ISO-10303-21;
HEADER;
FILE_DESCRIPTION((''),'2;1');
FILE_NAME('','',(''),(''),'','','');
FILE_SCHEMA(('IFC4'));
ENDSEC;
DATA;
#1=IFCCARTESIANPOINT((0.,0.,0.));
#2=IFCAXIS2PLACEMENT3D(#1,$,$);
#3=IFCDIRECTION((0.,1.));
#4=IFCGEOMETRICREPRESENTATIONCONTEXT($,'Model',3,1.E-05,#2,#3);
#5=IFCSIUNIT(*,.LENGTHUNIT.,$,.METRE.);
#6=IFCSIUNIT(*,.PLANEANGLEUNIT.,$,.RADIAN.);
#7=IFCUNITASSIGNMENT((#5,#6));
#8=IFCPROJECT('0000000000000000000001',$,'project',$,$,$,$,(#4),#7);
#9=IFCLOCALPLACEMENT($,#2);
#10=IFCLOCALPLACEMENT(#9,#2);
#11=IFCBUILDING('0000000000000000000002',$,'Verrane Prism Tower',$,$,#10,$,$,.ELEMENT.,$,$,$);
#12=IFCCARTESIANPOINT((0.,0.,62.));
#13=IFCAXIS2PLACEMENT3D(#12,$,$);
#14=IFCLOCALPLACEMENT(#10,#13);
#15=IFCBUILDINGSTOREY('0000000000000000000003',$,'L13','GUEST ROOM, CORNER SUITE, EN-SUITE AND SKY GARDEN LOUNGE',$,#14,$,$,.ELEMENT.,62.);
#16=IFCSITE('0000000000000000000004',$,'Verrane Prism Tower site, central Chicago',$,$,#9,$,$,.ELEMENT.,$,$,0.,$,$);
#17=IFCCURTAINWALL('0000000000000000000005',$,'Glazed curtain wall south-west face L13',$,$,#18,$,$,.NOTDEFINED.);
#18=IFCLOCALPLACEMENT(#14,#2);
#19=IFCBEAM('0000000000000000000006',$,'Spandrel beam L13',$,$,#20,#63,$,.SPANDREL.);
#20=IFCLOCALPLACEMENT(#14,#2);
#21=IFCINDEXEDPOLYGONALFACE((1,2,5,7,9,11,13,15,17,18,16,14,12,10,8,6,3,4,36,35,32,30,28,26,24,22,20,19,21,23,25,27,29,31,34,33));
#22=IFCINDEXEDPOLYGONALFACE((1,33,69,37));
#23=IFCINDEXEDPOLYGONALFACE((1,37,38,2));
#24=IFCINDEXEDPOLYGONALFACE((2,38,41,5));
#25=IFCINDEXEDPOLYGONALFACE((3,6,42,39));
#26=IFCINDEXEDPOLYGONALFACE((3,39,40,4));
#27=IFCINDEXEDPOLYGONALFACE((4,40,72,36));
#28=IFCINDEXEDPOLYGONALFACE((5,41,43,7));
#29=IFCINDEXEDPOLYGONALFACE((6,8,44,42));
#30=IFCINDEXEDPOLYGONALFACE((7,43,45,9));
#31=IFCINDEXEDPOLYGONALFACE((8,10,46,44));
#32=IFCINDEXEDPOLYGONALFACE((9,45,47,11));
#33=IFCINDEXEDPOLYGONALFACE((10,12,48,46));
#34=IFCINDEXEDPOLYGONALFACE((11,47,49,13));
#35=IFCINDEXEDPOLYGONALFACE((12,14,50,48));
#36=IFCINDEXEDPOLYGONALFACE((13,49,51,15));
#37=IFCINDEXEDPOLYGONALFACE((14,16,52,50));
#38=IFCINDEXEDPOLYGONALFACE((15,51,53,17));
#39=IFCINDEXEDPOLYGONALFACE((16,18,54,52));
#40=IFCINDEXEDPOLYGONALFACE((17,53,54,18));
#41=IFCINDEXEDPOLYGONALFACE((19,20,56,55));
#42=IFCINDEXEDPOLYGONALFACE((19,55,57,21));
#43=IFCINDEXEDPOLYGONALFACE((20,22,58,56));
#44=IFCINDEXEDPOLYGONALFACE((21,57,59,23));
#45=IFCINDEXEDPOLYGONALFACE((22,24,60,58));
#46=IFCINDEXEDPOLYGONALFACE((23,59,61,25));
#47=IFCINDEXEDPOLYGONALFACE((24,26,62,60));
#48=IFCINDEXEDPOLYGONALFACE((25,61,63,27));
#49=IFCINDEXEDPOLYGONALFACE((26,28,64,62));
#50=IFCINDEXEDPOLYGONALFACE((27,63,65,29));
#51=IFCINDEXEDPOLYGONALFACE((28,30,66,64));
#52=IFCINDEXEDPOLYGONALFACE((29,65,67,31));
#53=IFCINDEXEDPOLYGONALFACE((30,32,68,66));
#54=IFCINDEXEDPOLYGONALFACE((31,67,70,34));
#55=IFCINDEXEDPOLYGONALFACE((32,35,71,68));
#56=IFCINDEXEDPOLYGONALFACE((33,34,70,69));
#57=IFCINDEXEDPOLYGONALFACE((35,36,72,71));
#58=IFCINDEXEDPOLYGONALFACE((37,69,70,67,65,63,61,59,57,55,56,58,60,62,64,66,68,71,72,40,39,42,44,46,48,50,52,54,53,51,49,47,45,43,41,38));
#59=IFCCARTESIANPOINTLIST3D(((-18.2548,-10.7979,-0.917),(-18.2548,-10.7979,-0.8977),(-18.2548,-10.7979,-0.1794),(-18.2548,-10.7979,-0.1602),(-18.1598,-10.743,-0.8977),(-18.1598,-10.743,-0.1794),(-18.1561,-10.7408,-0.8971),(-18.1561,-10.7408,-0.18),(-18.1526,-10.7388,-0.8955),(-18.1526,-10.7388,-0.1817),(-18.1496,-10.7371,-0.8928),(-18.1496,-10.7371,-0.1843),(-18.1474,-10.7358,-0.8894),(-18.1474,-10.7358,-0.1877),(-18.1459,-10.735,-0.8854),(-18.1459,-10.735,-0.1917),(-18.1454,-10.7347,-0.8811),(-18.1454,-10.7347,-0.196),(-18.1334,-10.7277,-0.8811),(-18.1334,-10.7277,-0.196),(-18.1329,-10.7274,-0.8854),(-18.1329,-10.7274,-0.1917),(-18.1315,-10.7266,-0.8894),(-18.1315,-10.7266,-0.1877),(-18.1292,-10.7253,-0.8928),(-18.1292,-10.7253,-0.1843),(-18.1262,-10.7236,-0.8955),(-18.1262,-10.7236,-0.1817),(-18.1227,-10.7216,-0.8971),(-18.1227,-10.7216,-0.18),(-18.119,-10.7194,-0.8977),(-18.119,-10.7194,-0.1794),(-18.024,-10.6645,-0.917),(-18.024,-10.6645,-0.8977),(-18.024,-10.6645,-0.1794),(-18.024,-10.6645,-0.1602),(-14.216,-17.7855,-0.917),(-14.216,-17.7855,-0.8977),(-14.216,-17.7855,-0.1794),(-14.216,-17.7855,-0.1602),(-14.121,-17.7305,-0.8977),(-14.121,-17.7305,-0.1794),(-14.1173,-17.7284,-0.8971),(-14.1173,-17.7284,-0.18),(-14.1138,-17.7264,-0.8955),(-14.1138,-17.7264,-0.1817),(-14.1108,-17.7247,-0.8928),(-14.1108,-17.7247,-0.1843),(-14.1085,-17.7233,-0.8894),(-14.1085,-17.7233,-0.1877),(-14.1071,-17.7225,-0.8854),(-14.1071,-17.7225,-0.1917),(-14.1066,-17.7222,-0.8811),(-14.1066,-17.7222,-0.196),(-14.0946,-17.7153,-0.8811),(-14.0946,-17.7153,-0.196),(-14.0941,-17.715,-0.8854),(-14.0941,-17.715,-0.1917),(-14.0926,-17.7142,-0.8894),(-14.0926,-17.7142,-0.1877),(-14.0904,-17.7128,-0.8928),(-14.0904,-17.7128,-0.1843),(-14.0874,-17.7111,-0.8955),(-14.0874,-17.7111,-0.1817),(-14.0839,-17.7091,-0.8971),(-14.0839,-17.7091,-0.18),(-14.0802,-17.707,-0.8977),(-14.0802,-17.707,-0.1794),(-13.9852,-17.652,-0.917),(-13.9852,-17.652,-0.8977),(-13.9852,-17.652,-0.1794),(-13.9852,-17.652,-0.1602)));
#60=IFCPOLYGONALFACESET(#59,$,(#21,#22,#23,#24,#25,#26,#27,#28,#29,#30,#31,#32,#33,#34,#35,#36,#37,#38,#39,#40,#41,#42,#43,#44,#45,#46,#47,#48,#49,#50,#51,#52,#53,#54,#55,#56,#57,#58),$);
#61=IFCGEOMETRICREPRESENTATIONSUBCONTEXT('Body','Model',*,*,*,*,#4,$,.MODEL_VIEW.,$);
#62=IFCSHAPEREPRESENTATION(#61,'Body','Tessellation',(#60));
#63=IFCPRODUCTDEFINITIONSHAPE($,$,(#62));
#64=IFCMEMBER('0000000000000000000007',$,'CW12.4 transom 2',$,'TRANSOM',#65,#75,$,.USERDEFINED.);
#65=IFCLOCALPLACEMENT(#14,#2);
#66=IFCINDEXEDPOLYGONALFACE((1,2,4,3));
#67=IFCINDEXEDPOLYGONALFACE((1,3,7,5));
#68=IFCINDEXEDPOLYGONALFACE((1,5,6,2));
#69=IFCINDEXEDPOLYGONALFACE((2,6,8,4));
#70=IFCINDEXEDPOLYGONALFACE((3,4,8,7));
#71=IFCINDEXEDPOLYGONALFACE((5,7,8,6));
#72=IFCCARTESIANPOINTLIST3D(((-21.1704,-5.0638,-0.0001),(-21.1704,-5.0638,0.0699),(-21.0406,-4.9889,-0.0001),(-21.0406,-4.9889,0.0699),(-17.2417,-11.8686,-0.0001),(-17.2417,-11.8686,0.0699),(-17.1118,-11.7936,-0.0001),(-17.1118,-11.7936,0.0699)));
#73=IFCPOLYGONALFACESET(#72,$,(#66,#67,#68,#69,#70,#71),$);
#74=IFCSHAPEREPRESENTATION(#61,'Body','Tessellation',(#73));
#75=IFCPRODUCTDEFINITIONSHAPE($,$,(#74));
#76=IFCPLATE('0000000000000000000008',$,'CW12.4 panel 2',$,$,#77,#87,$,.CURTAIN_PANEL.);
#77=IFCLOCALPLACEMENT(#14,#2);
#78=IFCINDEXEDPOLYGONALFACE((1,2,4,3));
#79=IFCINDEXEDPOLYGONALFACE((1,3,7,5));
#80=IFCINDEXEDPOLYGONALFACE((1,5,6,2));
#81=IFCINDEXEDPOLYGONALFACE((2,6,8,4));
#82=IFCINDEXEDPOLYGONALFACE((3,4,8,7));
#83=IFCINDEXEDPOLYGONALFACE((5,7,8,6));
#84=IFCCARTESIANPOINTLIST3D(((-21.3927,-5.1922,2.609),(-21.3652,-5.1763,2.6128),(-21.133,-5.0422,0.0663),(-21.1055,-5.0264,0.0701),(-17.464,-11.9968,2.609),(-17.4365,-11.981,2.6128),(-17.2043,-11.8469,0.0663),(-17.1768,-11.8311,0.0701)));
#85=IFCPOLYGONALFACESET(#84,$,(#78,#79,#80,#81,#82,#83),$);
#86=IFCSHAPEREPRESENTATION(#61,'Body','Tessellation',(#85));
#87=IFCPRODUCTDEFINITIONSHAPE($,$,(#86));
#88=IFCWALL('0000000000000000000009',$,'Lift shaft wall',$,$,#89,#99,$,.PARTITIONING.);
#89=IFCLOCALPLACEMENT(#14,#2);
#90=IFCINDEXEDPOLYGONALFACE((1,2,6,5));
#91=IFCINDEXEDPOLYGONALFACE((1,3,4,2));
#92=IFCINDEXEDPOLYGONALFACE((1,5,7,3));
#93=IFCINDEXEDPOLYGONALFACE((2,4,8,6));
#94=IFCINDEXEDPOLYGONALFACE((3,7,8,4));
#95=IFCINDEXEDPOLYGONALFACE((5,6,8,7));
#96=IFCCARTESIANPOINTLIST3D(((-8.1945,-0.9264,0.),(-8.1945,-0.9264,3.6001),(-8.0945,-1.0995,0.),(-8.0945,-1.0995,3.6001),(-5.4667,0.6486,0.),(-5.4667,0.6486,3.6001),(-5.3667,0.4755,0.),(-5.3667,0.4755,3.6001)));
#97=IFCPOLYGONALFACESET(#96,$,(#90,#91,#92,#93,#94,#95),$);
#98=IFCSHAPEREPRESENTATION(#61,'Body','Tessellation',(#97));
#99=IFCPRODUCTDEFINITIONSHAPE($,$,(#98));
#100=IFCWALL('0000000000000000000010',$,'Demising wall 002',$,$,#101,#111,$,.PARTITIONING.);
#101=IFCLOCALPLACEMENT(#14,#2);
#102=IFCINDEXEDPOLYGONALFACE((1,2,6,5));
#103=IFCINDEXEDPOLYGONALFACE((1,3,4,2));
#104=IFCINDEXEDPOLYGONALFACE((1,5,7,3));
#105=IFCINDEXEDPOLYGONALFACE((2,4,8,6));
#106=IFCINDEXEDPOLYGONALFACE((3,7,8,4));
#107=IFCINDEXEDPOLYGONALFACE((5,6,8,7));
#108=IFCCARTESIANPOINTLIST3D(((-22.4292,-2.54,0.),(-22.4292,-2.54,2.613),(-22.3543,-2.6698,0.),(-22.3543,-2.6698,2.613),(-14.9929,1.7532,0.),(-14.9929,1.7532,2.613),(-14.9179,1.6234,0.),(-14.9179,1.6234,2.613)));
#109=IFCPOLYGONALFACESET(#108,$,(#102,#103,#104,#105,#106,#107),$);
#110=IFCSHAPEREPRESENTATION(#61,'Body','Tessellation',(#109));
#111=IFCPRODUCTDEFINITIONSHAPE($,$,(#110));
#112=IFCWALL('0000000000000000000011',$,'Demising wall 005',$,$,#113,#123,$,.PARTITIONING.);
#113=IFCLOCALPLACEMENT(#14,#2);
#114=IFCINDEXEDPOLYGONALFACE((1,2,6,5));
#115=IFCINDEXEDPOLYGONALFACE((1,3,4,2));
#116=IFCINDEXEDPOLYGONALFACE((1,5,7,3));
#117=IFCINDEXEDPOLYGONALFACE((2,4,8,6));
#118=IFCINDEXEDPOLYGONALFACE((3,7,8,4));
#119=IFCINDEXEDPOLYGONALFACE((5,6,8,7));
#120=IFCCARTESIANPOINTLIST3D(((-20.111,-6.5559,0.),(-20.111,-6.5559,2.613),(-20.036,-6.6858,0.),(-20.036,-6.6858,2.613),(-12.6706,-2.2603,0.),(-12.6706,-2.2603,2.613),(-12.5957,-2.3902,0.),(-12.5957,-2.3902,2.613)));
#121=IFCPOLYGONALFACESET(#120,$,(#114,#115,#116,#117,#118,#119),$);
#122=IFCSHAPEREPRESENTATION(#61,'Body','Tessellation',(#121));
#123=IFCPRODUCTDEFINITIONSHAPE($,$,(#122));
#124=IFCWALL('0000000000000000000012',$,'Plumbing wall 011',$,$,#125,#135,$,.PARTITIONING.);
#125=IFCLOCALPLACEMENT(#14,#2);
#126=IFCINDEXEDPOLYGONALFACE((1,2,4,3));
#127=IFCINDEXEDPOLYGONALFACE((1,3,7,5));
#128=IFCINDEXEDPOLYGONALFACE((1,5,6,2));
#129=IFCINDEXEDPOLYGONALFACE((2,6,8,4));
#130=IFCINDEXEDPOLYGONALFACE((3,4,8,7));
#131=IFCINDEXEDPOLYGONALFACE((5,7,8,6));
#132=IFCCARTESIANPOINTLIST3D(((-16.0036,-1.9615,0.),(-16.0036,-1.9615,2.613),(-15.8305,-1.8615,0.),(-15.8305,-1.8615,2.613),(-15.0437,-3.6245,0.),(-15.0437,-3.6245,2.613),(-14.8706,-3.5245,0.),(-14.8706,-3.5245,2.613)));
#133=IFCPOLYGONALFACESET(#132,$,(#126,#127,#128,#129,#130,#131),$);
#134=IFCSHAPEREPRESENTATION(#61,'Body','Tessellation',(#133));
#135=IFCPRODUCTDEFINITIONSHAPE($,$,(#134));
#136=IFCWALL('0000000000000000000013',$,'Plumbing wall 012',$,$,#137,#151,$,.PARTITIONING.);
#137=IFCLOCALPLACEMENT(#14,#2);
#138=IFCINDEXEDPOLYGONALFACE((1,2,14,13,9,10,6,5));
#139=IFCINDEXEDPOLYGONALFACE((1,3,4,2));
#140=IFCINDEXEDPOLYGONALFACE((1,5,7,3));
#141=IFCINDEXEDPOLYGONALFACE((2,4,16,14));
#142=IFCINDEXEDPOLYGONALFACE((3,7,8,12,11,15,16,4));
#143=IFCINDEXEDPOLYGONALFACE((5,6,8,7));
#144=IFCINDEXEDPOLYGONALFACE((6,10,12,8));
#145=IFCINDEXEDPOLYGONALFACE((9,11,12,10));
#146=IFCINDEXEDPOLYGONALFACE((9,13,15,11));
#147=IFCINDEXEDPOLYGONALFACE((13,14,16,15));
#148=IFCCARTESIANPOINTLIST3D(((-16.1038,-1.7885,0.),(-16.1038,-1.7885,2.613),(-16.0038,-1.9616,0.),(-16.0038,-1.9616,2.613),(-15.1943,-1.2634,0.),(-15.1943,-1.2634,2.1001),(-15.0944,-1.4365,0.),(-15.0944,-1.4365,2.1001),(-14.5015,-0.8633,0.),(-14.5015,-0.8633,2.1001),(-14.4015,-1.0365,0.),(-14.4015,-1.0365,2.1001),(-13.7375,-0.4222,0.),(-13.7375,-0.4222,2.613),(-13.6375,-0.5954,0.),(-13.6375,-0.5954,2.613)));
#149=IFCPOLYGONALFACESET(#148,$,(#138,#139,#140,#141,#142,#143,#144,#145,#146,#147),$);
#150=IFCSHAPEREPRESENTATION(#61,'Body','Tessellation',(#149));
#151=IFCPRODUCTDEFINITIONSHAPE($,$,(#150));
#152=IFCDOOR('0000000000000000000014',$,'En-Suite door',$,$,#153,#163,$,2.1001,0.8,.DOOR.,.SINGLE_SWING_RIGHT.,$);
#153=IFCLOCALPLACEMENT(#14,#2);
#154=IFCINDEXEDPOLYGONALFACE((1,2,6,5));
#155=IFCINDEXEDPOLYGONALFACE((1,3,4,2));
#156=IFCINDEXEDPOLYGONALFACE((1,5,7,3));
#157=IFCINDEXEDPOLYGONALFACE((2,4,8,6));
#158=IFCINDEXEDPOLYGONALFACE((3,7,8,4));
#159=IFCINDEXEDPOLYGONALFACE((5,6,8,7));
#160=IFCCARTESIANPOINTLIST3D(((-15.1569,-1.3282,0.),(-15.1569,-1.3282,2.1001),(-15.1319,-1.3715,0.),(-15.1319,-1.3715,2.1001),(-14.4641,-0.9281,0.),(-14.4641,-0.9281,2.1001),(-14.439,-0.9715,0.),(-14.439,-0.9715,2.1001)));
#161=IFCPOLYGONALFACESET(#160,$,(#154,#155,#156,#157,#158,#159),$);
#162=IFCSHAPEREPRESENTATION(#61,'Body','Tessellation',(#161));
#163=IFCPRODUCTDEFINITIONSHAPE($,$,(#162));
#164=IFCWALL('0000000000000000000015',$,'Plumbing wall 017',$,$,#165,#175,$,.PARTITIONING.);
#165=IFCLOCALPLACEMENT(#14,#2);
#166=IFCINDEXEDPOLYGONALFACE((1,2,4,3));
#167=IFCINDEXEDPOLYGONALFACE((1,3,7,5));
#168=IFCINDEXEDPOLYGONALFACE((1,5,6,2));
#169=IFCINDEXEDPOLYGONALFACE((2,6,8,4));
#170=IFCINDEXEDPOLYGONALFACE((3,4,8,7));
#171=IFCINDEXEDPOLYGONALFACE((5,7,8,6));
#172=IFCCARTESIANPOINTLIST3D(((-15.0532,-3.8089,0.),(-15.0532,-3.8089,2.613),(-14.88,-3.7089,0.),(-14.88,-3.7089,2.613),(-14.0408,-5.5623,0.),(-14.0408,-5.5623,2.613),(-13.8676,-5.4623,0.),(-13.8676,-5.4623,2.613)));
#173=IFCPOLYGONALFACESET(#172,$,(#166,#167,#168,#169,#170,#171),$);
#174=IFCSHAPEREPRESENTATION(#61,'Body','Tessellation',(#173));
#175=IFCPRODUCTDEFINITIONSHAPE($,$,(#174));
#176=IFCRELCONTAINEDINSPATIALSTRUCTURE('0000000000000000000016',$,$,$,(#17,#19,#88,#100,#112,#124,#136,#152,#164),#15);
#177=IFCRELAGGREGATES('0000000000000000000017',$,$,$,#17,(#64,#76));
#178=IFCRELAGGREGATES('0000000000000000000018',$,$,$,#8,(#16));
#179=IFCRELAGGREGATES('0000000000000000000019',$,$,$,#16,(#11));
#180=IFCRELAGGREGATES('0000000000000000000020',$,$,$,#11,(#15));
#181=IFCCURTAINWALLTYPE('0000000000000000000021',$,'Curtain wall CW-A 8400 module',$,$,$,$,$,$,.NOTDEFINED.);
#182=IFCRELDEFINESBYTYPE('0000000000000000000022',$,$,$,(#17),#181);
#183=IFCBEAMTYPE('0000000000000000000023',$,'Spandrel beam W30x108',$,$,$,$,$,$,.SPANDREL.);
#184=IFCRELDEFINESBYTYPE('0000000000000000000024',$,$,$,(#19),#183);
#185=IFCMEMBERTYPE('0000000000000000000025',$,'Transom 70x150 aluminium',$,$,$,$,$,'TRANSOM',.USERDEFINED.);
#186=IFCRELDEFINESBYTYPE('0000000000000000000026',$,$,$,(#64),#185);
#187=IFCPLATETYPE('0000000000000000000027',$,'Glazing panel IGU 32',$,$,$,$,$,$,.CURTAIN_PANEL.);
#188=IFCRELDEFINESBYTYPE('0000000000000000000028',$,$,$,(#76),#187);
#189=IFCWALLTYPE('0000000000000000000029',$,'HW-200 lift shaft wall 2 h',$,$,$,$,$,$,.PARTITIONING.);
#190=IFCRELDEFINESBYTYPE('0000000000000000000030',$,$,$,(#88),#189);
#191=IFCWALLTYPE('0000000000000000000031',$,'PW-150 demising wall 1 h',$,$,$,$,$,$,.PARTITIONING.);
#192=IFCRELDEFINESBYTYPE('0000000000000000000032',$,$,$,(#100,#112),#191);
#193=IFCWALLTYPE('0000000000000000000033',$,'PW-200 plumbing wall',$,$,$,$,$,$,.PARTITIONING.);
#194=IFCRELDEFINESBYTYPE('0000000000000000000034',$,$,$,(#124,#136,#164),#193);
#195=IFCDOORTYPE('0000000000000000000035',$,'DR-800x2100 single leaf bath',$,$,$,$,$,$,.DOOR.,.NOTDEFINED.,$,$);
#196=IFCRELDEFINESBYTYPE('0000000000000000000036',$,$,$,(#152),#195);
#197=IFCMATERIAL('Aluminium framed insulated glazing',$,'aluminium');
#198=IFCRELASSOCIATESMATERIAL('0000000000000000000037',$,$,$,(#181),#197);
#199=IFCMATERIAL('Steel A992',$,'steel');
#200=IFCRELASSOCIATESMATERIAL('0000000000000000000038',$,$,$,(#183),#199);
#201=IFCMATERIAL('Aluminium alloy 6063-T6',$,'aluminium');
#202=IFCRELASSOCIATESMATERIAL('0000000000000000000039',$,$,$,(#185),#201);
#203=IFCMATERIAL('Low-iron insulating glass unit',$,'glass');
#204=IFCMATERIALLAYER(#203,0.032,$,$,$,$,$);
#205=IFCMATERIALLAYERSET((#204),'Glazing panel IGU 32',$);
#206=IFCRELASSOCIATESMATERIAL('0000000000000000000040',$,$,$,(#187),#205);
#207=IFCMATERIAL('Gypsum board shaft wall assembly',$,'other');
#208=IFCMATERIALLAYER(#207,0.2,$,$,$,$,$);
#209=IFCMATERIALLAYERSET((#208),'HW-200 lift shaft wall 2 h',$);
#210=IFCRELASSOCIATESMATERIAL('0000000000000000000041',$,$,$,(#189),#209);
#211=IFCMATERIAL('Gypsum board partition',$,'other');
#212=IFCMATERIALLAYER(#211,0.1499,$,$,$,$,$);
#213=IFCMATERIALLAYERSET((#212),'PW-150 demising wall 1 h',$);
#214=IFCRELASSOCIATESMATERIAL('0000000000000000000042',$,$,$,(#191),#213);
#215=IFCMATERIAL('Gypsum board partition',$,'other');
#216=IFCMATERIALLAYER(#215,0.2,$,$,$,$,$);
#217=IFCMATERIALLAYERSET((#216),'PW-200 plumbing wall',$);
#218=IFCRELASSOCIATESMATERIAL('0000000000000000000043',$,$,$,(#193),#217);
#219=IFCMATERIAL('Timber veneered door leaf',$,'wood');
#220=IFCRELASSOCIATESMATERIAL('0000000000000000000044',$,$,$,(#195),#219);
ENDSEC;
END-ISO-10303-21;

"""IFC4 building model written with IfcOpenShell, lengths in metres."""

from ifc_helpers import new_model, si_unit, direction, frame, frame_2d, origin, origin_2d, place, context, subcontext, project, spatial, polyline, rectangle, i_section, outline, extrude, material, layer, layer_set, material_profile, profile_set, type_object, element, fill, aggregate, save


model = new_model("IFC4")

# Units and contexts
model_context = context("Model", 3, precision=1e-05, world=origin(), true_north=direction((0.0, 1.0)))
body_context = subcontext(model_context, "Body", "Model", "MODEL_VIEW")
ifc_project = project(units=[si_unit("LENGTHUNIT", "METRE"), si_unit("PLANEANGLEUNIT", "RADIAN")], contexts=[model_context])

# Site, building, storey
site_placement = place(None, origin())
site = spatial("IfcSite", under=ifc_project, at=site_placement, Name="Verrane Prism Tower site, central Chicago", CompositionType="ELEMENT", RefElevation=0.0)
building_placement = place(site_placement, origin())
building = spatial("IfcBuilding", under=site, at=building_placement, Name="Verrane Prism Tower", CompositionType="ELEMENT")
storey_placement = place(building_placement, frame((0.0, 0.0, 62.0)))
storey = spatial("IfcBuildingStorey", under=building, at=storey_placement, Name="L13", Description="GUEST ROOM, CORNER SUITE, EN-SUITE AND SKY GARDEN LOUNGE", CompositionType="ELEMENT", Elevation=62.0)

# Curtain wall
ifc_material_1 = material(Name="Aluminium framed insulated glazing", Category="aluminium")
curtain_wall_type = type_object("IfcCurtainWallType", Name="Curtain wall CW-A 8400 module", PredefinedType="NOTDEFINED", material=ifc_material_1)
curtain_wall_placement = place(storey_placement, origin())
curtain_wall = element("IfcCurtainWall", 1, at=curtain_wall_placement, inside=storey, type_object=curtain_wall_type, Name="Glazed curtain wall south-west face L13", PredefinedType="NOTDEFINED")

# Beam
ifc_material_2 = material(Name="Steel A992", Category="steel")
ifc_material_profile_1 = material_profile(ifc_material_2, i_section(OverallWidth=0.2666, OverallDepth=0.7568, WebThickness=0.0139, FlangeThickness=0.0193, FilletRadius=0.0166, at=origin_2d()), Name="W30x108")
ifc_profile_set_1 = profile_set([ifc_material_profile_1], Name="Steel A992")
beam_type_1 = type_object("IfcBeamType", Name="Spandrel beam W30x108", PredefinedType="SPANDREL", material=ifc_profile_set_1)
beam_1_placement = place(storey_placement, frame((-18.1394, -10.7312, -0.5386), z_axis=(0.500423, -0.865781, 0.0), x_axis=(0.865781, 0.500423, 0.0)))
element("IfcBeam", 2, at=beam_1_placement, inside=storey, type_object=beam_type_1, Name="Spandrel beam L13", PredefinedType="SPANDREL", context=body_context, shape_type="SweptSolid", body=[
    extrude(i_section(OverallWidth=0.2666, OverallDepth=0.7568, WebThickness=0.0139, FlangeThickness=0.0193, FilletRadius=0.0166, at=origin_2d()), origin(), (0.0, 0.0, 1.0), 8.0708),
])

# Member
ifc_material_3 = material(Name="Aluminium alloy 6063-T6", Category="aluminium")
ifc_material_profile_2 = material_profile(ifc_material_3, rectangle(XDim=0.1499, YDim=0.0701, at=origin_2d()), Name="Transom 70x150 aluminium")
ifc_profile_set_2 = profile_set([ifc_material_profile_2], Name="Aluminium alloy 6063-T6")
member_type_1 = type_object("IfcMemberType", Name="Transom 70x150 aluminium", ElementType="TRANSOM", PredefinedType="USERDEFINED", material=ifc_profile_set_2)
member_1_placement = place(storey_placement, frame((-21.1055, -5.0264, 0.0349), z_axis=(0.500002, -0.866024, 0.0), x_axis=(0.866024, 0.500002, 0.0)))
member_1 = element("IfcMember", 3, at=member_1_placement, type_object=member_type_1, Name="CW12.4 transom 2", ObjectType="TRANSOM", PredefinedType="USERDEFINED", context=body_context, shape_type="SweptSolid", body=[
    extrude(rectangle(XDim=0.1499, YDim=0.0701, at=origin_2d()), origin(), (0.0, 0.0, 1.0), 7.8574),
])

# Plate
ifc_material_4 = material(Name="Low-iron insulating glass unit", Category="glass")
ifc_layer_1 = layer(ifc_material_4, 0.032)
ifc_layer_set_1 = layer_set([ifc_layer_1], Name="Glazing panel IGU 32")
plate_type = type_object("IfcPlateType", Name="Glazing panel IGU 32", PredefinedType="CURTAIN_PANEL", material=ifc_layer_set_1)
plate_placement = place(storey_placement, frame((-21.1055, -5.0264, 0.0701), z_axis=(0.860062, 0.49656, 0.117138), x_axis=(0.500002, -0.866024, 0.0)))
plate = element("IfcPlate", 4, at=plate_placement, type_object=plate_type, Name="CW12.4 panel 2", PredefinedType="CURTAIN_PANEL", context=body_context, shape_type="SweptSolid", body=[
    extrude(outline(polyline([(0.0, 0.0), (7.8574, 0.0), (7.8573, -2.5604), (-0.0001, -2.5604), (0.0, 0.0)])), origin(), (0.0, 0.0, -1.0), 0.032),
])
aggregate(curtain_wall, [member_1, plate])

# Walls
ifc_material_5 = material(Name="Gypsum board shaft wall assembly", Category="other")
ifc_layer_2 = layer(ifc_material_5, 0.2)
ifc_layer_set_2 = layer_set([ifc_layer_2], Name="HW-200 lift shaft wall 2 h")
wall_type_1 = type_object("IfcWallType", Name="HW-200 lift shaft wall 2 h", PredefinedType="PARTITIONING", material=ifc_layer_set_2)
wall_1_placement = place(storey_placement, frame((-8.1445, -1.0129, 0.0), z_axis=(0.0, 0.0, 1.0), x_axis=(0.866016, 0.500015, 0.0)))
element("IfcWall", 5, at=wall_1_placement, inside=storey, type_object=wall_type_1, Name="Lift shaft wall", PredefinedType="PARTITIONING", context=body_context, shape_type="SweptSolid", body=[
    extrude(rectangle(XDim=3.1499, YDim=0.2, at=frame_2d((1.575, 0.0))), origin(), (0.0, 0.0, 1.0), 3.6001),
])
ifc_material_6 = material(Name="Gypsum board partition", Category="other")
ifc_layer_3 = layer(ifc_material_6, 0.1499)
ifc_layer_set_3 = layer_set([ifc_layer_3], Name="PW-150 demising wall 1 h")
wall_type_2 = type_object("IfcWallType", Name="PW-150 demising wall 1 h", PredefinedType="PARTITIONING", material=ifc_layer_set_3)
wall_2_placement = place(storey_placement, frame((-22.3918, -2.605, 0.0), z_axis=(0.0, 0.0, 1.0), x_axis=(0.866032, 0.499989, 0.0)))
element("IfcWall", 6, at=wall_2_placement, inside=storey, type_object=wall_type_2, Name="Demising wall 002", PredefinedType="PARTITIONING", context=body_context, shape_type="SweptSolid", body=[
    extrude(rectangle(XDim=8.5867, YDim=0.1499, at=frame_2d((4.2935, 0.0))), origin(), (0.0, 0.0, 1.0), 2.613),
])
wall_3_placement = place(storey_placement, frame((-20.0735, -6.6208, 0.0), z_axis=(0.0, 0.0, 1.0), x_axis=(0.866029, 0.499993, 0.0)))
element("IfcWall", 7, at=wall_3_placement, inside=storey, type_object=wall_type_2, Name="Demising wall 005", PredefinedType="PARTITIONING", context=body_context, shape_type="SweptSolid", body=[
    extrude(rectangle(XDim=8.5913, YDim=0.1499, at=frame_2d((4.2957, 0.0))), origin(), (0.0, 0.0, 1.0), 2.613),
])
ifc_material_7 = material(Name="Gypsum board partition", Category="other")
ifc_layer_4 = layer(ifc_material_7, 0.2)
ifc_layer_set_4 = layer_set([ifc_layer_4], Name="PW-200 plumbing wall")
wall_type_3 = type_object("IfcWallType", Name="PW-200 plumbing wall", PredefinedType="PARTITIONING", material=ifc_layer_set_4)
wall_4_placement = place(storey_placement, frame((-15.917, -1.9116, 0.0), z_axis=(0.0, 0.0, 1.0), x_axis=(0.499913, -0.866075, 0.0)))
element("IfcWall", 8, at=wall_4_placement, inside=storey, type_object=wall_type_3, Name="Plumbing wall 011", PredefinedType="PARTITIONING", context=body_context, shape_type="SweptSolid", body=[
    extrude(rectangle(XDim=1.9202, YDim=0.2, at=frame_2d((0.96, 0.0))), origin(), (0.0, 0.0, 1.0), 2.613),
])

# Wall, opening, door
wall_5_placement = place(storey_placement, frame((-13.6875, -0.5088, 0.0), z_axis=(0.0, 0.0, 1.0), x_axis=(-0.866013, -0.500022, 0.0)))
wall_5 = element("IfcWall", 9, at=wall_5_placement, inside=storey, type_object=wall_type_3, Name="Plumbing wall 012", PredefinedType="PARTITIONING", context=body_context, shape_type="SweptSolid", body=[
    extrude(rectangle(XDim=2.7324, YDim=0.2, at=frame_2d((1.3662, 0.0))), origin(), (0.0, 0.0, 1.0), 2.613),
])
opening_1_placement = place(wall_5_placement, frame((0.8823, 0.0, 0.0)))
opening_1 = element("IfcOpeningElement", 10, at=opening_1_placement, cuts=wall_5, PredefinedType="OPENING", context=body_context, shape_type="SweptSolid", body=[
    extrude(rectangle(XDim=0.8, YDim=2.1001, at=frame_2d((0.3999, 1.05))), frame((0.0, 0.1099, 0.0), z_axis=(0.0, -1.0, 0.0), x_axis=(1.0, 0.0, 0.0)), (0.0, 0.0, 1.0), 0.22),
])
ifc_material_8 = material(Name="Timber veneered door leaf", Category="wood")
door_type = type_object("IfcDoorType", Name="DR-800x2100 single leaf bath", OperationType="NOTDEFINED", PredefinedType="DOOR", material=ifc_material_8)
door_1_placement = place(opening_1_placement, origin())
door_1 = element("IfcDoor", 11, at=door_1_placement, inside=storey, type_object=door_type, Name="En-Suite door", OperationType="SINGLE_SWING_RIGHT", OverallHeight=2.1001, OverallWidth=0.8, PredefinedType="DOOR", context=body_context, shape_type="SweptSolid", body=[
    extrude(rectangle(XDim=0.8, YDim=2.1001, at=frame_2d((0.3999, 1.05))), frame((0.0, 0.0249, 0.0), z_axis=(0.0, -1.0, 0.0), x_axis=(1.0, 0.0, 0.0)), (0.0, 0.0, 1.0), 0.05),
])
fill(opening_1, door_1)

# Wall
wall_6_placement = place(storey_placement, frame((-14.9666, -3.759, 0.0), z_axis=(0.0, 0.0, 1.0), x_axis=(0.500043, -0.866001, 0.0)))
element("IfcWall", 12, at=wall_6_placement, inside=storey, type_object=wall_type_3, Name="Plumbing wall 017", PredefinedType="PARTITIONING", context=body_context, shape_type="SweptSolid", body=[
    extrude(rectangle(XDim=2.0247, YDim=0.2, at=frame_2d((1.0122, 0.0))), origin(), (0.0, 0.0, 1.0), 2.613),
])

save(model, "model.ifc")
